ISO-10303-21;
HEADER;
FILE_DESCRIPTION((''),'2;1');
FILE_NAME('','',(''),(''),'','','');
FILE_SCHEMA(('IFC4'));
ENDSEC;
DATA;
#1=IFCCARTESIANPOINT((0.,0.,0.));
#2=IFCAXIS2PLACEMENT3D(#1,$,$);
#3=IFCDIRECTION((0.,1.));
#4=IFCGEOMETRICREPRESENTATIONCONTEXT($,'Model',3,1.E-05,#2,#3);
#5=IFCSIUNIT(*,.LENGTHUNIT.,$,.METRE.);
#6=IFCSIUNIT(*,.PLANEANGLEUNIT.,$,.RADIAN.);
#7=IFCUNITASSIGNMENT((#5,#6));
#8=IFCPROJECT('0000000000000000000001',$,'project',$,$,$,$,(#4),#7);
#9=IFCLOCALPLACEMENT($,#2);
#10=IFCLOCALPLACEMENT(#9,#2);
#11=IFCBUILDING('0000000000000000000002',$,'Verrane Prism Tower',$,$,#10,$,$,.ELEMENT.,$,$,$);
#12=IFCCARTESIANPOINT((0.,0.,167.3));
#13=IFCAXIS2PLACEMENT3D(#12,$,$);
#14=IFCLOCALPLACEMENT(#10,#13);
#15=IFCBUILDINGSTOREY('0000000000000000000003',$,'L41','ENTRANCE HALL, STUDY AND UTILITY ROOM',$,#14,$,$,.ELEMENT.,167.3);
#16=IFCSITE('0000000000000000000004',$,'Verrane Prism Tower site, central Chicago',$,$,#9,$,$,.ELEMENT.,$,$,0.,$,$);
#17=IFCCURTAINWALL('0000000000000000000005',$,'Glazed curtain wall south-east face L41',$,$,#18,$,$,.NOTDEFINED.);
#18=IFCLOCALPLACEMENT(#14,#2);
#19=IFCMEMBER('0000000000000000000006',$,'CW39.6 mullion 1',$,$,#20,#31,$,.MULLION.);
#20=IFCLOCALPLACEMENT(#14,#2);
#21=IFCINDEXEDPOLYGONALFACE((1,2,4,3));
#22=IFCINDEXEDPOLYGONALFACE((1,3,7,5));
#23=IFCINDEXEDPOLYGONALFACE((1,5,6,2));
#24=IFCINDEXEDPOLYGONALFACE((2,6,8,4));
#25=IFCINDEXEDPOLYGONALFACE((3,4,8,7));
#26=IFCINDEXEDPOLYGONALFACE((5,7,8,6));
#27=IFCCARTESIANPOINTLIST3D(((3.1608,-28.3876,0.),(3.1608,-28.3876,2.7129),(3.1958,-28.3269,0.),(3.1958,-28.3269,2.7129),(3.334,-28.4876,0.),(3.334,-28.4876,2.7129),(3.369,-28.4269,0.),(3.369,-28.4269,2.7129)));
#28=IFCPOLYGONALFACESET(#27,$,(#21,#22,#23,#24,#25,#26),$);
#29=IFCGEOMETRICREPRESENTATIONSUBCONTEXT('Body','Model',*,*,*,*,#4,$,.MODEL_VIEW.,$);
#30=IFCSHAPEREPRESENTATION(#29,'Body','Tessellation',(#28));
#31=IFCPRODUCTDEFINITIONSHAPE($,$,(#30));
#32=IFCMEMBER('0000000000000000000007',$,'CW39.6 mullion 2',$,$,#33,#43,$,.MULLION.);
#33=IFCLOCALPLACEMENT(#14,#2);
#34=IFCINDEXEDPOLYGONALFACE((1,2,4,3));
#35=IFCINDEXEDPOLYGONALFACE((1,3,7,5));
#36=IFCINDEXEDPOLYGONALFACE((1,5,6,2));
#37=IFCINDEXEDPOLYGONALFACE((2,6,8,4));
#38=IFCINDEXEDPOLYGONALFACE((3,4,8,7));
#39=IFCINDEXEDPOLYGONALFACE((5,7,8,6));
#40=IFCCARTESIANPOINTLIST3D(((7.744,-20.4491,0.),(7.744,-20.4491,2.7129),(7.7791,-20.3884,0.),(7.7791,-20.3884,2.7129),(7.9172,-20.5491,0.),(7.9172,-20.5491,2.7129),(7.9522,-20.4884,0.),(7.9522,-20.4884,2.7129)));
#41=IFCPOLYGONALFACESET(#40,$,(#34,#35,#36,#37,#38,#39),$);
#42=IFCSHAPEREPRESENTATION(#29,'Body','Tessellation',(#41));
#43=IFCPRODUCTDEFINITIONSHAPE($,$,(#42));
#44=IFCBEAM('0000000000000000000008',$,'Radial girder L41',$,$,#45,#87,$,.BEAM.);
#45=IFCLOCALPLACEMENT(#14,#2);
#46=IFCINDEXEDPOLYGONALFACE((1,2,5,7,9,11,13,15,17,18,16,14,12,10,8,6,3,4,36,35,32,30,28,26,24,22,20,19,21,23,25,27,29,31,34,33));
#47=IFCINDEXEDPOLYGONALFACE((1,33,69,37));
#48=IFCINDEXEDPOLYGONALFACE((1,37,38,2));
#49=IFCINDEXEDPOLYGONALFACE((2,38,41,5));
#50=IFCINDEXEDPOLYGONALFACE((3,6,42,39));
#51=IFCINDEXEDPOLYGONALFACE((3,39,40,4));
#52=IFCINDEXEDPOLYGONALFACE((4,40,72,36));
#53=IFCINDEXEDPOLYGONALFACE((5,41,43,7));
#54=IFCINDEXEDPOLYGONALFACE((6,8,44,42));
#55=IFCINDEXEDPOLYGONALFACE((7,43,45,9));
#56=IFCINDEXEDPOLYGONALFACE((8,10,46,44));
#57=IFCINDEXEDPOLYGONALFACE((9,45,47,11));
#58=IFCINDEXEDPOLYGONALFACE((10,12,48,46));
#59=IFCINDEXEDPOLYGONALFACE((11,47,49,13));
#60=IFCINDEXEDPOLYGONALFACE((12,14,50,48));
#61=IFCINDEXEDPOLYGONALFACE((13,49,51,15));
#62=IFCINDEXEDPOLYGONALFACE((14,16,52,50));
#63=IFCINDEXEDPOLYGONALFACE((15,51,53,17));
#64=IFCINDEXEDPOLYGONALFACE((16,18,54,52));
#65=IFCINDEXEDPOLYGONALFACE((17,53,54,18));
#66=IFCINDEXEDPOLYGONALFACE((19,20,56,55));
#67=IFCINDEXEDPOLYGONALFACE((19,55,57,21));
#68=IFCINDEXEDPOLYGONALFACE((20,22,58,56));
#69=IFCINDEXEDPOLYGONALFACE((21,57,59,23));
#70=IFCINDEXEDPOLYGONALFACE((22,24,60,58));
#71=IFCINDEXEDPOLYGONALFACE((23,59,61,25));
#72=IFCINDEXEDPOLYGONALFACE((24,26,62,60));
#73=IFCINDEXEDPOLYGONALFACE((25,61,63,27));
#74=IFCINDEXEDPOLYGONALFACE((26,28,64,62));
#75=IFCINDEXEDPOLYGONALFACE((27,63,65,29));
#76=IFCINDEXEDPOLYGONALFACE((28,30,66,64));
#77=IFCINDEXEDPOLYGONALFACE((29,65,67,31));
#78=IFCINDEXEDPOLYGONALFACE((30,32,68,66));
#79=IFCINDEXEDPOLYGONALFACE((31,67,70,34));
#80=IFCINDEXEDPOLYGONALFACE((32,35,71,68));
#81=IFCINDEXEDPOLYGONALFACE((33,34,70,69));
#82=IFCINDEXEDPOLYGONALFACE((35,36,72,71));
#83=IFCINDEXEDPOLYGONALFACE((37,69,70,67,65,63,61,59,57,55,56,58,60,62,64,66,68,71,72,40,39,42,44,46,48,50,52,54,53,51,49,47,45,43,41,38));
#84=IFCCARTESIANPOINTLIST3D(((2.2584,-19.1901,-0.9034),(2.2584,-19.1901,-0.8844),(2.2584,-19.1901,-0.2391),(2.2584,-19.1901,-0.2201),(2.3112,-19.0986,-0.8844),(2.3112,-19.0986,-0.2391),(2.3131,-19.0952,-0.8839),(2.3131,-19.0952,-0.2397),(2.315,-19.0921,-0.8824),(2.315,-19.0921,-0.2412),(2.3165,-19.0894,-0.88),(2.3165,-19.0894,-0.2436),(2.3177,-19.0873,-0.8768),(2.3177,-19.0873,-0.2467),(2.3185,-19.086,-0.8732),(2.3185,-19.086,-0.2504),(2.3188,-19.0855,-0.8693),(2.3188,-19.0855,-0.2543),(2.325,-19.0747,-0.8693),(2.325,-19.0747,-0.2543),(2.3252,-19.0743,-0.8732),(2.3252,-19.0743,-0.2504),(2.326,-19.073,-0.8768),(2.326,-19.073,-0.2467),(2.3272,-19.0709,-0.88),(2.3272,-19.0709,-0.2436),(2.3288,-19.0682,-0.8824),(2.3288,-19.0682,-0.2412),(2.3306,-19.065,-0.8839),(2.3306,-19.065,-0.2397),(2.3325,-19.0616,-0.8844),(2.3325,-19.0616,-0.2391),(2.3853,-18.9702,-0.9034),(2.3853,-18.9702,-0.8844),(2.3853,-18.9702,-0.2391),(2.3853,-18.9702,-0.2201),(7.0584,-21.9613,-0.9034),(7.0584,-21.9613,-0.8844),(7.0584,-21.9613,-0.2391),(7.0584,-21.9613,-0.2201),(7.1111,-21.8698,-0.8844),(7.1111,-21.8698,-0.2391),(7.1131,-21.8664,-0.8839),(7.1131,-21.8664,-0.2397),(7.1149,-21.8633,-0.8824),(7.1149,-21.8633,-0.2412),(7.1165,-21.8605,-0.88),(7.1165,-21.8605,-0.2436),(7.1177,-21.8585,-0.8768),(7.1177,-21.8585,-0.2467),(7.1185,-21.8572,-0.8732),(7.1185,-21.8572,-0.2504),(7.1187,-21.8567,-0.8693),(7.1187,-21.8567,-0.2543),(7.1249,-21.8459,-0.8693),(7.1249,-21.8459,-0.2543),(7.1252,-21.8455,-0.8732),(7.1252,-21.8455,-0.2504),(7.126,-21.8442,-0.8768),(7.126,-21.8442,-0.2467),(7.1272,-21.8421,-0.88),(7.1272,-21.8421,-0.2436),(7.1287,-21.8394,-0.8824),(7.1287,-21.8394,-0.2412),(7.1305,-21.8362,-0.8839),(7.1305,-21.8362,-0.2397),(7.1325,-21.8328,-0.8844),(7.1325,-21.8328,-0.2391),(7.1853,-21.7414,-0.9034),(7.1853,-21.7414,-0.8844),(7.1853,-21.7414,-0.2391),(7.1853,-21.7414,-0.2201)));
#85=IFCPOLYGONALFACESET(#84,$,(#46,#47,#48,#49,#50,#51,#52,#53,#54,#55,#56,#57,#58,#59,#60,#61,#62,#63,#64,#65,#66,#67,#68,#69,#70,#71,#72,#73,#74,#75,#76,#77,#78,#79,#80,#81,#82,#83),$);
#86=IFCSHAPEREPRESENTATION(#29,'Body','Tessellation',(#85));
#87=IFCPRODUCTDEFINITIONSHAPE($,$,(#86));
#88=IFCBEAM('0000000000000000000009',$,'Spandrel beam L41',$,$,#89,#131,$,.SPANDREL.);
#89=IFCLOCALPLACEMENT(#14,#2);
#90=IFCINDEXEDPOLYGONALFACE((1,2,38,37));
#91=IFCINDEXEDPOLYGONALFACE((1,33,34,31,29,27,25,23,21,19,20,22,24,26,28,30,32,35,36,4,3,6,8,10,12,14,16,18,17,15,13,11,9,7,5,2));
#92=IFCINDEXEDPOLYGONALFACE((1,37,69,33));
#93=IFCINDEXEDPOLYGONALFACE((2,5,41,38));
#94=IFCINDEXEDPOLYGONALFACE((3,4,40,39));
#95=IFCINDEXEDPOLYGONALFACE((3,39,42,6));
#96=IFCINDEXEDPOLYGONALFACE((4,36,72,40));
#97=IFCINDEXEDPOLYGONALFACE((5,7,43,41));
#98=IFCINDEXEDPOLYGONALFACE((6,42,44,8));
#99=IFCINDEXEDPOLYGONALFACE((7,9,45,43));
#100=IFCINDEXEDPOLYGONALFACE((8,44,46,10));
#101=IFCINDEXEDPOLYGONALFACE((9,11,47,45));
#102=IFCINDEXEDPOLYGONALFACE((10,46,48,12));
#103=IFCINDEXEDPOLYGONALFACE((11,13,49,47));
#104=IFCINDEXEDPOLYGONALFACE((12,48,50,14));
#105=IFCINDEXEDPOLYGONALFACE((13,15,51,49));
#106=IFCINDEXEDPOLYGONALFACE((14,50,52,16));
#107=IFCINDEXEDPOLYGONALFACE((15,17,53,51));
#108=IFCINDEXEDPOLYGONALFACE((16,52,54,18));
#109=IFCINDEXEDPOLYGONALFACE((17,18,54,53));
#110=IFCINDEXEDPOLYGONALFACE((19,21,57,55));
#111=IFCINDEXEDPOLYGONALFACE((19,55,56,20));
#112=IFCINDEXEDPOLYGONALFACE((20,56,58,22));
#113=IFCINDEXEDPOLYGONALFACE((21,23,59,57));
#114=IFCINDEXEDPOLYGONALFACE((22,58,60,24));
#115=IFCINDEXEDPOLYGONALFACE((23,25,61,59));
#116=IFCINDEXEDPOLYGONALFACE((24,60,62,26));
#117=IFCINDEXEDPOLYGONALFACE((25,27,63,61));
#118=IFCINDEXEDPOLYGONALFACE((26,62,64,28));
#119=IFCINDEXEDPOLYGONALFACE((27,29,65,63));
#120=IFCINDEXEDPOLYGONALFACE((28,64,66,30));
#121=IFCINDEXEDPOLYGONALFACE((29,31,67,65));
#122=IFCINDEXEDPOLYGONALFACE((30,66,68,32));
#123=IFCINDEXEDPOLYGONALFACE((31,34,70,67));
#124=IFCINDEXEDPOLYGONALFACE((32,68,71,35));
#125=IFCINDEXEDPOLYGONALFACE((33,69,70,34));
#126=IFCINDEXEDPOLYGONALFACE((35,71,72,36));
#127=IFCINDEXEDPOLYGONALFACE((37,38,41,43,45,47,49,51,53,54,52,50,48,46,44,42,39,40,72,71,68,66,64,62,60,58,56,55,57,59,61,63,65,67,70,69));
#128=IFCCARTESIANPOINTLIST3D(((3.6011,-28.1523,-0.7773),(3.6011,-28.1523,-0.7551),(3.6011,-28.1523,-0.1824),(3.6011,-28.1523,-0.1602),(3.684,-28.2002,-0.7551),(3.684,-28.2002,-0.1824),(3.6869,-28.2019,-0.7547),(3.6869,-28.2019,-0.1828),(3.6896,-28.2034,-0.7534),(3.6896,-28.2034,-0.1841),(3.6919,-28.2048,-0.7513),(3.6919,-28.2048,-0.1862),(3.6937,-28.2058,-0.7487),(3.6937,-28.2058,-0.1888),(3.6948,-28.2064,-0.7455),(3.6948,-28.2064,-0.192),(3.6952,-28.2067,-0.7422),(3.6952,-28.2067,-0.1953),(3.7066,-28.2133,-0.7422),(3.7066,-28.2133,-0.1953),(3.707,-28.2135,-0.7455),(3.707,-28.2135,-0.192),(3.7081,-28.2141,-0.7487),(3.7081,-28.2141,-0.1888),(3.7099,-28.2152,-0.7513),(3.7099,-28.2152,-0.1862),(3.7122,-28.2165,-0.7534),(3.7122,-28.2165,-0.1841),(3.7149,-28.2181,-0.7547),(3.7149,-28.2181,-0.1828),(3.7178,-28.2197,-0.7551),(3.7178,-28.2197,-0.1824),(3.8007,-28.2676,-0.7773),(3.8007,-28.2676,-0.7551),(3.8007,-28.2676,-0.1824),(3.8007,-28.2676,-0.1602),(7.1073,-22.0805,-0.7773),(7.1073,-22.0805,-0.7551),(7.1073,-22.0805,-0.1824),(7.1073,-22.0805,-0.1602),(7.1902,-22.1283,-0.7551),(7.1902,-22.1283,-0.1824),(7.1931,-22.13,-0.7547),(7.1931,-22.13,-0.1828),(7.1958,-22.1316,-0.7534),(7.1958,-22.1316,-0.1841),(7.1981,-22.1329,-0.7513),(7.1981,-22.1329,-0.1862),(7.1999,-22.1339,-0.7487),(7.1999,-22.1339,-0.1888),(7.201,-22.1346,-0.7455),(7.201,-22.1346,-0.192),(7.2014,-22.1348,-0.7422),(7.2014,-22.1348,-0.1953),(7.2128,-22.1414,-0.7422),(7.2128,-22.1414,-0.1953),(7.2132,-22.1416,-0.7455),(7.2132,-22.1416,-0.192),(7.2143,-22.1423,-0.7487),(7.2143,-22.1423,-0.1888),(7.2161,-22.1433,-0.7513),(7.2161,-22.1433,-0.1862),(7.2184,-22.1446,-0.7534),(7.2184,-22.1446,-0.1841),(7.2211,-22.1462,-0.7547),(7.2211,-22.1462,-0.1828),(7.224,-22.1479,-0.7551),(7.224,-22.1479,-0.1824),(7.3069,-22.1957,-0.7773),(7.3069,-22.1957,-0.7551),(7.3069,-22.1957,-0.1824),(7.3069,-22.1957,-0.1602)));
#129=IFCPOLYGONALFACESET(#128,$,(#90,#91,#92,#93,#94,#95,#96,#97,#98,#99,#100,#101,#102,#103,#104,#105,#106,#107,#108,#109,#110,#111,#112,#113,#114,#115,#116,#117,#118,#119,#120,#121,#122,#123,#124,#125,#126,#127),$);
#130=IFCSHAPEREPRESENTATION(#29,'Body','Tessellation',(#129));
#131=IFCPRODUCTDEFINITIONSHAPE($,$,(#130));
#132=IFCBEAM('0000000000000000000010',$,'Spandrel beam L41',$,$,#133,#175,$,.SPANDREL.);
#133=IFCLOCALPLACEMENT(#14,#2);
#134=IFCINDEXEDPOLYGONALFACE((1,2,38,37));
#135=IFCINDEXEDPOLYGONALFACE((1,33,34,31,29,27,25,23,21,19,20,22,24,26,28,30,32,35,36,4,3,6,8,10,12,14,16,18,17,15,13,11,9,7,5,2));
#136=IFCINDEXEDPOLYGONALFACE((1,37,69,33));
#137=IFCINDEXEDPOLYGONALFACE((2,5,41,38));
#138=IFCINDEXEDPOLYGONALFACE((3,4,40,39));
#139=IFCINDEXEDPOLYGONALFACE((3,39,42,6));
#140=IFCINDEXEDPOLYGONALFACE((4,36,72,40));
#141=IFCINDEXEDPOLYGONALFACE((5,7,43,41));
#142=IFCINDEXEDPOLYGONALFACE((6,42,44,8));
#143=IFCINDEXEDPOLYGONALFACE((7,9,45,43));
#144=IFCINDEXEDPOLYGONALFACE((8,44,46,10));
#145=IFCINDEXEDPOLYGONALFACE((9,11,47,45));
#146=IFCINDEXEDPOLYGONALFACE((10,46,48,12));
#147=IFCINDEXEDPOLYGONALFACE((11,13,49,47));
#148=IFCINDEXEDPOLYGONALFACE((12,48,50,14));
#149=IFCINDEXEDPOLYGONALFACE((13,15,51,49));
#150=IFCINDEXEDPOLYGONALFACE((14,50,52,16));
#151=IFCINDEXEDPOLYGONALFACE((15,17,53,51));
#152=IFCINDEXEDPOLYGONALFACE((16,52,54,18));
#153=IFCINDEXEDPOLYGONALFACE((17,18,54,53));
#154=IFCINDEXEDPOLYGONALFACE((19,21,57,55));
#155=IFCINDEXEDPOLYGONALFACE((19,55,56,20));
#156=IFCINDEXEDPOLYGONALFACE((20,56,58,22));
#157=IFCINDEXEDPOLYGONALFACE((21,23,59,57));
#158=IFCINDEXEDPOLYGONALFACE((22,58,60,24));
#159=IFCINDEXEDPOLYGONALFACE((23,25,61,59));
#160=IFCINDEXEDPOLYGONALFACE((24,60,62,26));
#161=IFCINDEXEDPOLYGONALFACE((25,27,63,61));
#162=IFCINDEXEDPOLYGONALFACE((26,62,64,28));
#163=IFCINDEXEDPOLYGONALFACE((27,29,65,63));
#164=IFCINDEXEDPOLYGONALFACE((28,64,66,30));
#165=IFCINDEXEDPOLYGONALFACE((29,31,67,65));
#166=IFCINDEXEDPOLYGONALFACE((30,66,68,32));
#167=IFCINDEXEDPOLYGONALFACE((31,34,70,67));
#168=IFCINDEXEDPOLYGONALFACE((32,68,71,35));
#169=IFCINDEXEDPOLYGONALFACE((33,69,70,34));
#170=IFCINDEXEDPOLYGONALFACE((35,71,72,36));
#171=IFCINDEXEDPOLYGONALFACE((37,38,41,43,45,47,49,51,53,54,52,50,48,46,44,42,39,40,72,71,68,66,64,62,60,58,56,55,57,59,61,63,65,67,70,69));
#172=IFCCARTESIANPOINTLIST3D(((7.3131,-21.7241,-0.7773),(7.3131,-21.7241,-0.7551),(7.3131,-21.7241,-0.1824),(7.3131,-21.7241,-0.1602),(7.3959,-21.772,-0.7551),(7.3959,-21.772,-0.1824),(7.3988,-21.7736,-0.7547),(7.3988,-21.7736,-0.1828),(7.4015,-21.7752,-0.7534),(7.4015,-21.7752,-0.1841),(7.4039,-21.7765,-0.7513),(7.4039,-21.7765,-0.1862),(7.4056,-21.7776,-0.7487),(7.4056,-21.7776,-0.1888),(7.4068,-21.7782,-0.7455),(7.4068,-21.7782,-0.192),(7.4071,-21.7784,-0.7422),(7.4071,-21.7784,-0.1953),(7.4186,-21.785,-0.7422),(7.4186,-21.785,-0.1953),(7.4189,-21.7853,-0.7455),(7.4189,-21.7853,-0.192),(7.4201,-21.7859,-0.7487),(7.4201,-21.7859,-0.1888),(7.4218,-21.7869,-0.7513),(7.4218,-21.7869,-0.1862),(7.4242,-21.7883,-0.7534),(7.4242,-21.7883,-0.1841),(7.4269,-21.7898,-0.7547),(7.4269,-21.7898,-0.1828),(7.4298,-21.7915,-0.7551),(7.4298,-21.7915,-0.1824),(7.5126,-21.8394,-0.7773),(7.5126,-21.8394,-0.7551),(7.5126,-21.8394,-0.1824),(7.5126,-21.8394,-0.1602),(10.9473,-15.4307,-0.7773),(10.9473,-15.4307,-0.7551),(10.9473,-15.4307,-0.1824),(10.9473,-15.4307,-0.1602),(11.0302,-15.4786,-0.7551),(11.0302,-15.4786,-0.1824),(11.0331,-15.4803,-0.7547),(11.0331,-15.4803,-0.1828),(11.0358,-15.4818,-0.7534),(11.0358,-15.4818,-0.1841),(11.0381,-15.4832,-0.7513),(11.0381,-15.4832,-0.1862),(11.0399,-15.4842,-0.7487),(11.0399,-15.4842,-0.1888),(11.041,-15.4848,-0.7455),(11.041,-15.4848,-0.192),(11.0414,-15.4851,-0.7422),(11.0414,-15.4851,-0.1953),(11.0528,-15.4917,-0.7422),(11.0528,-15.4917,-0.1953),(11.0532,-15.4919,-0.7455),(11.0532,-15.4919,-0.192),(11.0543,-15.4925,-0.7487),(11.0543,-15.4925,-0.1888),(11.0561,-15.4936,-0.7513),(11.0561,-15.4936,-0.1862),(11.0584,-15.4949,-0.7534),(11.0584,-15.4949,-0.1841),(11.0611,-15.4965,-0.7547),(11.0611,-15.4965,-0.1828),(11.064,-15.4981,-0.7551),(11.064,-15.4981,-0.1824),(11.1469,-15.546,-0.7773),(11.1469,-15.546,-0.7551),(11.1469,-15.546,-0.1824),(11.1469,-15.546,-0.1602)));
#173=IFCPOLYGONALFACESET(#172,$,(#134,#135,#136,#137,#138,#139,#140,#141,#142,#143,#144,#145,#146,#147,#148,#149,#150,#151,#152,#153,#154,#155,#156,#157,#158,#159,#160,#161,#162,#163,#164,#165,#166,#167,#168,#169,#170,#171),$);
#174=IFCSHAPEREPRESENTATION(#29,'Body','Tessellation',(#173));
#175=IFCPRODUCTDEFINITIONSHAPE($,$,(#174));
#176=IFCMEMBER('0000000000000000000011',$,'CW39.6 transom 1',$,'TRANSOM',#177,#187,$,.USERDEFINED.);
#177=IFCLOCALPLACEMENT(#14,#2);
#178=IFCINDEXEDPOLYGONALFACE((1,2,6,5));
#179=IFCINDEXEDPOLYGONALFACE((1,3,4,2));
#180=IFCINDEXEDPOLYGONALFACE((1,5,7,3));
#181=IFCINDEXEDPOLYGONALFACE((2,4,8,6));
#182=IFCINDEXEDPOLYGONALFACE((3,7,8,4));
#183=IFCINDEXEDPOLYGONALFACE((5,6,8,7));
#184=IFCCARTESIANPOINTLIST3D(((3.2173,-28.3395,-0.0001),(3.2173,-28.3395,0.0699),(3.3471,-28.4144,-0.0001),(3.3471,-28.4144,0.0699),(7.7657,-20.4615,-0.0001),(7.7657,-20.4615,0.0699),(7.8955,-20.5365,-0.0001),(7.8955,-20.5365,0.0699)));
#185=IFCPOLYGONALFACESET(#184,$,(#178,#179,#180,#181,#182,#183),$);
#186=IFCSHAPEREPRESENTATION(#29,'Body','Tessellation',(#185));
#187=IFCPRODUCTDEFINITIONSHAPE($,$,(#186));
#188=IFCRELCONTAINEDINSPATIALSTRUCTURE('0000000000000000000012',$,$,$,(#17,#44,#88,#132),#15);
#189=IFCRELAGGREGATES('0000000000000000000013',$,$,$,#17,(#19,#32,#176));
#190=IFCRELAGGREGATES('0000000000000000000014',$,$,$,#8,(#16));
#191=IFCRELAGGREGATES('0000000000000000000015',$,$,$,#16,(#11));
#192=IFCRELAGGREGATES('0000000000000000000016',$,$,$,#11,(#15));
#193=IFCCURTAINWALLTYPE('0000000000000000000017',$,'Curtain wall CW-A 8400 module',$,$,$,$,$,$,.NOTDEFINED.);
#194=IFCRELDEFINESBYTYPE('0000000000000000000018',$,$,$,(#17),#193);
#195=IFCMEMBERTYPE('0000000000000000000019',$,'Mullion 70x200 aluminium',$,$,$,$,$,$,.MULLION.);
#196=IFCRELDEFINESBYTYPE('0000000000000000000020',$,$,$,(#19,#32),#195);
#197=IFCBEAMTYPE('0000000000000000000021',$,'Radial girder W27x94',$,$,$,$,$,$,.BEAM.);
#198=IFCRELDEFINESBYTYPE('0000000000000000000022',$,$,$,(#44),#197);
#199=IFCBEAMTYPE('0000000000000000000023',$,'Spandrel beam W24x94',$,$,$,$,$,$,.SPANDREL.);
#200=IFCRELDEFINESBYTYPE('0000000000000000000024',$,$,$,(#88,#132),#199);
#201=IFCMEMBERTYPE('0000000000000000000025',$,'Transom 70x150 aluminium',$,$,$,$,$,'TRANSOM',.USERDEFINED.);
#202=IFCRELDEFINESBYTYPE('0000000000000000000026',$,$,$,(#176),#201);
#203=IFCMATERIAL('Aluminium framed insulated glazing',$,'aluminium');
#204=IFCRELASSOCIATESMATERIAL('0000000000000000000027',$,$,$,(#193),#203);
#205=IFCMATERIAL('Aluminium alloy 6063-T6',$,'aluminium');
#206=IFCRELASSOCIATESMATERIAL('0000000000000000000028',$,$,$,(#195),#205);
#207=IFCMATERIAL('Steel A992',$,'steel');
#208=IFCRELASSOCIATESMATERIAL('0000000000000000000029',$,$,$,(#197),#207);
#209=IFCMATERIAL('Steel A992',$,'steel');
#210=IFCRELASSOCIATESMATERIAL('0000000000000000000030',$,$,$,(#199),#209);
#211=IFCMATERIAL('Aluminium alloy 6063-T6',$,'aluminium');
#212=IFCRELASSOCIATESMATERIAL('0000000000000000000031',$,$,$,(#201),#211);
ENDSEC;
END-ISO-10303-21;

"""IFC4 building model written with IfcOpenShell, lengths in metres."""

from ifc_helpers import new_model, si_unit, direction, frame, origin, origin_2d, place, context, subcontext, project, spatial, rectangle, i_section, extrude, material, material_profile, profile_set, type_object, element, aggregate, save


model = new_model("IFC4")

# Units and contexts
model_context = context("Model", 3, precision=1e-05, world=origin(), true_north=direction((0.0, 1.0)))
body_context = subcontext(model_context, "Body", "Model", "MODEL_VIEW")
ifc_project = project(units=[si_unit("LENGTHUNIT", "METRE"), si_unit("PLANEANGLEUNIT", "RADIAN")], contexts=[model_context])

# Site, building, storey
site_placement = place(None, origin())
site = spatial("IfcSite", under=ifc_project, at=site_placement, Name="Verrane Prism Tower site, central Chicago", CompositionType="ELEMENT", RefElevation=0.0)
building_placement = place(site_placement, origin())
building = spatial("IfcBuilding", under=site, at=building_placement, Name="Verrane Prism Tower", CompositionType="ELEMENT")
storey_placement = place(building_placement, frame((0.0, 0.0, 167.3)))
storey = spatial("IfcBuildingStorey", under=building, at=storey_placement, Name="L41", Description="ENTRANCE HALL, STUDY AND UTILITY ROOM", CompositionType="ELEMENT", Elevation=167.3)

# Curtain wall, members
ifc_material_1 = material(Name="Aluminium framed insulated glazing", Category="aluminium")
curtain_wall_type = type_object("IfcCurtainWallType", Name="Curtain wall CW-A 8400 module", PredefinedType="NOTDEFINED", material=ifc_material_1)
curtain_wall_1_placement = place(storey_placement, origin())
curtain_wall_1 = element("IfcCurtainWall", 1, at=curtain_wall_1_placement, inside=storey, type_object=curtain_wall_type, Name="Glazed curtain wall south-east face L41", PredefinedType="NOTDEFINED")
ifc_material_2 = material(Name="Aluminium alloy 6063-T6", Category="aluminium")
ifc_material_profile_1 = material_profile(ifc_material_2, rectangle(XDim=0.2, YDim=0.0701, at=origin_2d()), Name="Mullion 70x200 aluminium")
ifc_profile_set_1 = profile_set([ifc_material_profile_1], Name="Aluminium alloy 6063-T6")
member_type_1 = type_object("IfcMemberType", Name="Mullion 70x200 aluminium", PredefinedType="MULLION", material=ifc_profile_set_1)
member_1_placement = place(storey_placement, frame((3.2649, -28.4072, 0.0), z_axis=(0.0, 0.0, 1.0), x_axis=(-0.866026, 0.499999, 0.0)))
member_1 = element("IfcMember", 2, at=member_1_placement, type_object=member_type_1, Name="CW39.6 mullion 1", PredefinedType="MULLION", context=body_context, shape_type="SweptSolid", body=[
    extrude(rectangle(XDim=0.2, YDim=0.0701, at=origin_2d()), origin(), (0.0, 0.0, 1.0), 2.7129),
])
member_2_placement = place(storey_placement, frame((7.8481, -20.4688, 0.0), z_axis=(0.0, 0.0, 1.0), x_axis=(-0.866026, 0.499999, 0.0)))
member_2 = element("IfcMember", 3, at=member_2_placement, type_object=member_type_1, Name="CW39.6 mullion 2", PredefinedType="MULLION", context=body_context, shape_type="SweptSolid", body=[
    extrude(rectangle(XDim=0.2, YDim=0.0701, at=origin_2d()), origin(), (0.0, 0.0, 1.0), 2.7129),
])

# Beams
ifc_material_3 = material(Name="Steel A992", Category="steel")
ifc_material_profile_2 = material_profile(ifc_material_3, i_section(OverallWidth=0.2539, OverallDepth=0.6833, WebThickness=0.0125, FlangeThickness=0.019, FilletRadius=0.0151, at=origin_2d()), Name="W27x94")
ifc_profile_set_2 = profile_set([ifc_material_profile_2], Name="Steel A992")
beam_type_1 = type_object("IfcBeamType", Name="Radial girder W27x94", PredefinedType="BEAM", material=ifc_profile_set_2)
beam_1_placement = place(storey_placement, frame((7.1218, -21.8513, -0.5618), z_axis=(-0.866031, 0.499991, 0.0), x_axis=(-0.499991, -0.866031, 0.0)))
element("IfcBeam", 4, at=beam_1_placement, inside=storey, type_object=beam_type_1, Name="Radial girder L41", PredefinedType="BEAM", context=body_context, shape_type="SweptSolid", body=[
    extrude(i_section(OverallWidth=0.2539, OverallDepth=0.6833, WebThickness=0.0125, FlangeThickness=0.019, FilletRadius=0.0151, at=origin_2d()), origin(), (0.0, 0.0, 1.0), 5.5425),
])
ifc_material_4 = material(Name="Steel A992", Category="steel")
ifc_material_profile_3 = material_profile(ifc_material_4, i_section(OverallWidth=0.2305, OverallDepth=0.6172, WebThickness=0.0132, FlangeThickness=0.0222, FilletRadius=0.0129, at=origin_2d()), Name="W24x94")
ifc_profile_set_3 = profile_set([ifc_material_profile_3], Name="Steel A992")
beam_type_2 = type_object("IfcBeamType", Name="Spandrel beam W24x94", PredefinedType="SPANDREL", material=ifc_profile_set_3)
beam_2_placement = place(storey_placement, frame((3.7009, -28.21, -0.4688), z_axis=(0.50006, 0.865991, 0.0), x_axis=(-0.865991, 0.50006, 0.0)))
element("IfcBeam", 5, at=beam_2_placement, inside=storey, type_object=beam_type_2, Name="Spandrel beam L41", PredefinedType="SPANDREL", context=body_context, shape_type="SweptSolid", body=[
    extrude(i_section(OverallWidth=0.2305, OverallDepth=0.6172, WebThickness=0.0132, FlangeThickness=0.0222, FilletRadius=0.0129, at=origin_2d()), origin(), (0.0, 0.0, 1.0), 7.0115),
])
beam_3_placement = place(storey_placement, frame((7.4128, -21.7817, -0.4688), z_axis=(0.500077, 0.865981, 0.0), x_axis=(-0.865981, 0.500077, 0.0)))
element("IfcBeam", 6, at=beam_3_placement, inside=storey, type_object=beam_type_2, Name="Spandrel beam L41", PredefinedType="SPANDREL", context=body_context, shape_type="SweptSolid", body=[
    extrude(i_section(OverallWidth=0.2305, OverallDepth=0.6172, WebThickness=0.0132, FlangeThickness=0.0222, FilletRadius=0.0129, at=origin_2d()), origin(), (0.0, 0.0, 1.0), 7.2673),
])

# Member
ifc_material_5 = material(Name="Aluminium alloy 6063-T6", Category="aluminium")
ifc_material_profile_4 = material_profile(ifc_material_5, rectangle(XDim=0.1499, YDim=0.0701, at=origin_2d()), Name="Transom 70x150 aluminium")
ifc_profile_set_4 = profile_set([ifc_material_profile_4], Name="Aluminium alloy 6063-T6")
member_type_2 = type_object("IfcMemberType", Name="Transom 70x150 aluminium", ElementType="TRANSOM", PredefinedType="USERDEFINED", material=ifc_profile_set_4)
member_3_placement = place(storey_placement, frame((3.2822, -28.377, 0.0349), z_axis=(0.500001, 0.866025, 0.0), x_axis=(-0.866025, 0.500001, 0.0)))
member_3 = element("IfcMember", 7, at=member_3_placement, type_object=member_type_2, Name="CW39.6 transom 1", ObjectType="TRANSOM", PredefinedType="USERDEFINED", context=body_context, shape_type="SweptSolid", body=[
    extrude(rectangle(XDim=0.1499, YDim=0.0701, at=origin_2d()), origin(), (0.0, 0.0, 1.0), 9.0967),
])

aggregate(curtain_wall_1, [member_1, member_2, member_3])

save(model, "model.ifc")
